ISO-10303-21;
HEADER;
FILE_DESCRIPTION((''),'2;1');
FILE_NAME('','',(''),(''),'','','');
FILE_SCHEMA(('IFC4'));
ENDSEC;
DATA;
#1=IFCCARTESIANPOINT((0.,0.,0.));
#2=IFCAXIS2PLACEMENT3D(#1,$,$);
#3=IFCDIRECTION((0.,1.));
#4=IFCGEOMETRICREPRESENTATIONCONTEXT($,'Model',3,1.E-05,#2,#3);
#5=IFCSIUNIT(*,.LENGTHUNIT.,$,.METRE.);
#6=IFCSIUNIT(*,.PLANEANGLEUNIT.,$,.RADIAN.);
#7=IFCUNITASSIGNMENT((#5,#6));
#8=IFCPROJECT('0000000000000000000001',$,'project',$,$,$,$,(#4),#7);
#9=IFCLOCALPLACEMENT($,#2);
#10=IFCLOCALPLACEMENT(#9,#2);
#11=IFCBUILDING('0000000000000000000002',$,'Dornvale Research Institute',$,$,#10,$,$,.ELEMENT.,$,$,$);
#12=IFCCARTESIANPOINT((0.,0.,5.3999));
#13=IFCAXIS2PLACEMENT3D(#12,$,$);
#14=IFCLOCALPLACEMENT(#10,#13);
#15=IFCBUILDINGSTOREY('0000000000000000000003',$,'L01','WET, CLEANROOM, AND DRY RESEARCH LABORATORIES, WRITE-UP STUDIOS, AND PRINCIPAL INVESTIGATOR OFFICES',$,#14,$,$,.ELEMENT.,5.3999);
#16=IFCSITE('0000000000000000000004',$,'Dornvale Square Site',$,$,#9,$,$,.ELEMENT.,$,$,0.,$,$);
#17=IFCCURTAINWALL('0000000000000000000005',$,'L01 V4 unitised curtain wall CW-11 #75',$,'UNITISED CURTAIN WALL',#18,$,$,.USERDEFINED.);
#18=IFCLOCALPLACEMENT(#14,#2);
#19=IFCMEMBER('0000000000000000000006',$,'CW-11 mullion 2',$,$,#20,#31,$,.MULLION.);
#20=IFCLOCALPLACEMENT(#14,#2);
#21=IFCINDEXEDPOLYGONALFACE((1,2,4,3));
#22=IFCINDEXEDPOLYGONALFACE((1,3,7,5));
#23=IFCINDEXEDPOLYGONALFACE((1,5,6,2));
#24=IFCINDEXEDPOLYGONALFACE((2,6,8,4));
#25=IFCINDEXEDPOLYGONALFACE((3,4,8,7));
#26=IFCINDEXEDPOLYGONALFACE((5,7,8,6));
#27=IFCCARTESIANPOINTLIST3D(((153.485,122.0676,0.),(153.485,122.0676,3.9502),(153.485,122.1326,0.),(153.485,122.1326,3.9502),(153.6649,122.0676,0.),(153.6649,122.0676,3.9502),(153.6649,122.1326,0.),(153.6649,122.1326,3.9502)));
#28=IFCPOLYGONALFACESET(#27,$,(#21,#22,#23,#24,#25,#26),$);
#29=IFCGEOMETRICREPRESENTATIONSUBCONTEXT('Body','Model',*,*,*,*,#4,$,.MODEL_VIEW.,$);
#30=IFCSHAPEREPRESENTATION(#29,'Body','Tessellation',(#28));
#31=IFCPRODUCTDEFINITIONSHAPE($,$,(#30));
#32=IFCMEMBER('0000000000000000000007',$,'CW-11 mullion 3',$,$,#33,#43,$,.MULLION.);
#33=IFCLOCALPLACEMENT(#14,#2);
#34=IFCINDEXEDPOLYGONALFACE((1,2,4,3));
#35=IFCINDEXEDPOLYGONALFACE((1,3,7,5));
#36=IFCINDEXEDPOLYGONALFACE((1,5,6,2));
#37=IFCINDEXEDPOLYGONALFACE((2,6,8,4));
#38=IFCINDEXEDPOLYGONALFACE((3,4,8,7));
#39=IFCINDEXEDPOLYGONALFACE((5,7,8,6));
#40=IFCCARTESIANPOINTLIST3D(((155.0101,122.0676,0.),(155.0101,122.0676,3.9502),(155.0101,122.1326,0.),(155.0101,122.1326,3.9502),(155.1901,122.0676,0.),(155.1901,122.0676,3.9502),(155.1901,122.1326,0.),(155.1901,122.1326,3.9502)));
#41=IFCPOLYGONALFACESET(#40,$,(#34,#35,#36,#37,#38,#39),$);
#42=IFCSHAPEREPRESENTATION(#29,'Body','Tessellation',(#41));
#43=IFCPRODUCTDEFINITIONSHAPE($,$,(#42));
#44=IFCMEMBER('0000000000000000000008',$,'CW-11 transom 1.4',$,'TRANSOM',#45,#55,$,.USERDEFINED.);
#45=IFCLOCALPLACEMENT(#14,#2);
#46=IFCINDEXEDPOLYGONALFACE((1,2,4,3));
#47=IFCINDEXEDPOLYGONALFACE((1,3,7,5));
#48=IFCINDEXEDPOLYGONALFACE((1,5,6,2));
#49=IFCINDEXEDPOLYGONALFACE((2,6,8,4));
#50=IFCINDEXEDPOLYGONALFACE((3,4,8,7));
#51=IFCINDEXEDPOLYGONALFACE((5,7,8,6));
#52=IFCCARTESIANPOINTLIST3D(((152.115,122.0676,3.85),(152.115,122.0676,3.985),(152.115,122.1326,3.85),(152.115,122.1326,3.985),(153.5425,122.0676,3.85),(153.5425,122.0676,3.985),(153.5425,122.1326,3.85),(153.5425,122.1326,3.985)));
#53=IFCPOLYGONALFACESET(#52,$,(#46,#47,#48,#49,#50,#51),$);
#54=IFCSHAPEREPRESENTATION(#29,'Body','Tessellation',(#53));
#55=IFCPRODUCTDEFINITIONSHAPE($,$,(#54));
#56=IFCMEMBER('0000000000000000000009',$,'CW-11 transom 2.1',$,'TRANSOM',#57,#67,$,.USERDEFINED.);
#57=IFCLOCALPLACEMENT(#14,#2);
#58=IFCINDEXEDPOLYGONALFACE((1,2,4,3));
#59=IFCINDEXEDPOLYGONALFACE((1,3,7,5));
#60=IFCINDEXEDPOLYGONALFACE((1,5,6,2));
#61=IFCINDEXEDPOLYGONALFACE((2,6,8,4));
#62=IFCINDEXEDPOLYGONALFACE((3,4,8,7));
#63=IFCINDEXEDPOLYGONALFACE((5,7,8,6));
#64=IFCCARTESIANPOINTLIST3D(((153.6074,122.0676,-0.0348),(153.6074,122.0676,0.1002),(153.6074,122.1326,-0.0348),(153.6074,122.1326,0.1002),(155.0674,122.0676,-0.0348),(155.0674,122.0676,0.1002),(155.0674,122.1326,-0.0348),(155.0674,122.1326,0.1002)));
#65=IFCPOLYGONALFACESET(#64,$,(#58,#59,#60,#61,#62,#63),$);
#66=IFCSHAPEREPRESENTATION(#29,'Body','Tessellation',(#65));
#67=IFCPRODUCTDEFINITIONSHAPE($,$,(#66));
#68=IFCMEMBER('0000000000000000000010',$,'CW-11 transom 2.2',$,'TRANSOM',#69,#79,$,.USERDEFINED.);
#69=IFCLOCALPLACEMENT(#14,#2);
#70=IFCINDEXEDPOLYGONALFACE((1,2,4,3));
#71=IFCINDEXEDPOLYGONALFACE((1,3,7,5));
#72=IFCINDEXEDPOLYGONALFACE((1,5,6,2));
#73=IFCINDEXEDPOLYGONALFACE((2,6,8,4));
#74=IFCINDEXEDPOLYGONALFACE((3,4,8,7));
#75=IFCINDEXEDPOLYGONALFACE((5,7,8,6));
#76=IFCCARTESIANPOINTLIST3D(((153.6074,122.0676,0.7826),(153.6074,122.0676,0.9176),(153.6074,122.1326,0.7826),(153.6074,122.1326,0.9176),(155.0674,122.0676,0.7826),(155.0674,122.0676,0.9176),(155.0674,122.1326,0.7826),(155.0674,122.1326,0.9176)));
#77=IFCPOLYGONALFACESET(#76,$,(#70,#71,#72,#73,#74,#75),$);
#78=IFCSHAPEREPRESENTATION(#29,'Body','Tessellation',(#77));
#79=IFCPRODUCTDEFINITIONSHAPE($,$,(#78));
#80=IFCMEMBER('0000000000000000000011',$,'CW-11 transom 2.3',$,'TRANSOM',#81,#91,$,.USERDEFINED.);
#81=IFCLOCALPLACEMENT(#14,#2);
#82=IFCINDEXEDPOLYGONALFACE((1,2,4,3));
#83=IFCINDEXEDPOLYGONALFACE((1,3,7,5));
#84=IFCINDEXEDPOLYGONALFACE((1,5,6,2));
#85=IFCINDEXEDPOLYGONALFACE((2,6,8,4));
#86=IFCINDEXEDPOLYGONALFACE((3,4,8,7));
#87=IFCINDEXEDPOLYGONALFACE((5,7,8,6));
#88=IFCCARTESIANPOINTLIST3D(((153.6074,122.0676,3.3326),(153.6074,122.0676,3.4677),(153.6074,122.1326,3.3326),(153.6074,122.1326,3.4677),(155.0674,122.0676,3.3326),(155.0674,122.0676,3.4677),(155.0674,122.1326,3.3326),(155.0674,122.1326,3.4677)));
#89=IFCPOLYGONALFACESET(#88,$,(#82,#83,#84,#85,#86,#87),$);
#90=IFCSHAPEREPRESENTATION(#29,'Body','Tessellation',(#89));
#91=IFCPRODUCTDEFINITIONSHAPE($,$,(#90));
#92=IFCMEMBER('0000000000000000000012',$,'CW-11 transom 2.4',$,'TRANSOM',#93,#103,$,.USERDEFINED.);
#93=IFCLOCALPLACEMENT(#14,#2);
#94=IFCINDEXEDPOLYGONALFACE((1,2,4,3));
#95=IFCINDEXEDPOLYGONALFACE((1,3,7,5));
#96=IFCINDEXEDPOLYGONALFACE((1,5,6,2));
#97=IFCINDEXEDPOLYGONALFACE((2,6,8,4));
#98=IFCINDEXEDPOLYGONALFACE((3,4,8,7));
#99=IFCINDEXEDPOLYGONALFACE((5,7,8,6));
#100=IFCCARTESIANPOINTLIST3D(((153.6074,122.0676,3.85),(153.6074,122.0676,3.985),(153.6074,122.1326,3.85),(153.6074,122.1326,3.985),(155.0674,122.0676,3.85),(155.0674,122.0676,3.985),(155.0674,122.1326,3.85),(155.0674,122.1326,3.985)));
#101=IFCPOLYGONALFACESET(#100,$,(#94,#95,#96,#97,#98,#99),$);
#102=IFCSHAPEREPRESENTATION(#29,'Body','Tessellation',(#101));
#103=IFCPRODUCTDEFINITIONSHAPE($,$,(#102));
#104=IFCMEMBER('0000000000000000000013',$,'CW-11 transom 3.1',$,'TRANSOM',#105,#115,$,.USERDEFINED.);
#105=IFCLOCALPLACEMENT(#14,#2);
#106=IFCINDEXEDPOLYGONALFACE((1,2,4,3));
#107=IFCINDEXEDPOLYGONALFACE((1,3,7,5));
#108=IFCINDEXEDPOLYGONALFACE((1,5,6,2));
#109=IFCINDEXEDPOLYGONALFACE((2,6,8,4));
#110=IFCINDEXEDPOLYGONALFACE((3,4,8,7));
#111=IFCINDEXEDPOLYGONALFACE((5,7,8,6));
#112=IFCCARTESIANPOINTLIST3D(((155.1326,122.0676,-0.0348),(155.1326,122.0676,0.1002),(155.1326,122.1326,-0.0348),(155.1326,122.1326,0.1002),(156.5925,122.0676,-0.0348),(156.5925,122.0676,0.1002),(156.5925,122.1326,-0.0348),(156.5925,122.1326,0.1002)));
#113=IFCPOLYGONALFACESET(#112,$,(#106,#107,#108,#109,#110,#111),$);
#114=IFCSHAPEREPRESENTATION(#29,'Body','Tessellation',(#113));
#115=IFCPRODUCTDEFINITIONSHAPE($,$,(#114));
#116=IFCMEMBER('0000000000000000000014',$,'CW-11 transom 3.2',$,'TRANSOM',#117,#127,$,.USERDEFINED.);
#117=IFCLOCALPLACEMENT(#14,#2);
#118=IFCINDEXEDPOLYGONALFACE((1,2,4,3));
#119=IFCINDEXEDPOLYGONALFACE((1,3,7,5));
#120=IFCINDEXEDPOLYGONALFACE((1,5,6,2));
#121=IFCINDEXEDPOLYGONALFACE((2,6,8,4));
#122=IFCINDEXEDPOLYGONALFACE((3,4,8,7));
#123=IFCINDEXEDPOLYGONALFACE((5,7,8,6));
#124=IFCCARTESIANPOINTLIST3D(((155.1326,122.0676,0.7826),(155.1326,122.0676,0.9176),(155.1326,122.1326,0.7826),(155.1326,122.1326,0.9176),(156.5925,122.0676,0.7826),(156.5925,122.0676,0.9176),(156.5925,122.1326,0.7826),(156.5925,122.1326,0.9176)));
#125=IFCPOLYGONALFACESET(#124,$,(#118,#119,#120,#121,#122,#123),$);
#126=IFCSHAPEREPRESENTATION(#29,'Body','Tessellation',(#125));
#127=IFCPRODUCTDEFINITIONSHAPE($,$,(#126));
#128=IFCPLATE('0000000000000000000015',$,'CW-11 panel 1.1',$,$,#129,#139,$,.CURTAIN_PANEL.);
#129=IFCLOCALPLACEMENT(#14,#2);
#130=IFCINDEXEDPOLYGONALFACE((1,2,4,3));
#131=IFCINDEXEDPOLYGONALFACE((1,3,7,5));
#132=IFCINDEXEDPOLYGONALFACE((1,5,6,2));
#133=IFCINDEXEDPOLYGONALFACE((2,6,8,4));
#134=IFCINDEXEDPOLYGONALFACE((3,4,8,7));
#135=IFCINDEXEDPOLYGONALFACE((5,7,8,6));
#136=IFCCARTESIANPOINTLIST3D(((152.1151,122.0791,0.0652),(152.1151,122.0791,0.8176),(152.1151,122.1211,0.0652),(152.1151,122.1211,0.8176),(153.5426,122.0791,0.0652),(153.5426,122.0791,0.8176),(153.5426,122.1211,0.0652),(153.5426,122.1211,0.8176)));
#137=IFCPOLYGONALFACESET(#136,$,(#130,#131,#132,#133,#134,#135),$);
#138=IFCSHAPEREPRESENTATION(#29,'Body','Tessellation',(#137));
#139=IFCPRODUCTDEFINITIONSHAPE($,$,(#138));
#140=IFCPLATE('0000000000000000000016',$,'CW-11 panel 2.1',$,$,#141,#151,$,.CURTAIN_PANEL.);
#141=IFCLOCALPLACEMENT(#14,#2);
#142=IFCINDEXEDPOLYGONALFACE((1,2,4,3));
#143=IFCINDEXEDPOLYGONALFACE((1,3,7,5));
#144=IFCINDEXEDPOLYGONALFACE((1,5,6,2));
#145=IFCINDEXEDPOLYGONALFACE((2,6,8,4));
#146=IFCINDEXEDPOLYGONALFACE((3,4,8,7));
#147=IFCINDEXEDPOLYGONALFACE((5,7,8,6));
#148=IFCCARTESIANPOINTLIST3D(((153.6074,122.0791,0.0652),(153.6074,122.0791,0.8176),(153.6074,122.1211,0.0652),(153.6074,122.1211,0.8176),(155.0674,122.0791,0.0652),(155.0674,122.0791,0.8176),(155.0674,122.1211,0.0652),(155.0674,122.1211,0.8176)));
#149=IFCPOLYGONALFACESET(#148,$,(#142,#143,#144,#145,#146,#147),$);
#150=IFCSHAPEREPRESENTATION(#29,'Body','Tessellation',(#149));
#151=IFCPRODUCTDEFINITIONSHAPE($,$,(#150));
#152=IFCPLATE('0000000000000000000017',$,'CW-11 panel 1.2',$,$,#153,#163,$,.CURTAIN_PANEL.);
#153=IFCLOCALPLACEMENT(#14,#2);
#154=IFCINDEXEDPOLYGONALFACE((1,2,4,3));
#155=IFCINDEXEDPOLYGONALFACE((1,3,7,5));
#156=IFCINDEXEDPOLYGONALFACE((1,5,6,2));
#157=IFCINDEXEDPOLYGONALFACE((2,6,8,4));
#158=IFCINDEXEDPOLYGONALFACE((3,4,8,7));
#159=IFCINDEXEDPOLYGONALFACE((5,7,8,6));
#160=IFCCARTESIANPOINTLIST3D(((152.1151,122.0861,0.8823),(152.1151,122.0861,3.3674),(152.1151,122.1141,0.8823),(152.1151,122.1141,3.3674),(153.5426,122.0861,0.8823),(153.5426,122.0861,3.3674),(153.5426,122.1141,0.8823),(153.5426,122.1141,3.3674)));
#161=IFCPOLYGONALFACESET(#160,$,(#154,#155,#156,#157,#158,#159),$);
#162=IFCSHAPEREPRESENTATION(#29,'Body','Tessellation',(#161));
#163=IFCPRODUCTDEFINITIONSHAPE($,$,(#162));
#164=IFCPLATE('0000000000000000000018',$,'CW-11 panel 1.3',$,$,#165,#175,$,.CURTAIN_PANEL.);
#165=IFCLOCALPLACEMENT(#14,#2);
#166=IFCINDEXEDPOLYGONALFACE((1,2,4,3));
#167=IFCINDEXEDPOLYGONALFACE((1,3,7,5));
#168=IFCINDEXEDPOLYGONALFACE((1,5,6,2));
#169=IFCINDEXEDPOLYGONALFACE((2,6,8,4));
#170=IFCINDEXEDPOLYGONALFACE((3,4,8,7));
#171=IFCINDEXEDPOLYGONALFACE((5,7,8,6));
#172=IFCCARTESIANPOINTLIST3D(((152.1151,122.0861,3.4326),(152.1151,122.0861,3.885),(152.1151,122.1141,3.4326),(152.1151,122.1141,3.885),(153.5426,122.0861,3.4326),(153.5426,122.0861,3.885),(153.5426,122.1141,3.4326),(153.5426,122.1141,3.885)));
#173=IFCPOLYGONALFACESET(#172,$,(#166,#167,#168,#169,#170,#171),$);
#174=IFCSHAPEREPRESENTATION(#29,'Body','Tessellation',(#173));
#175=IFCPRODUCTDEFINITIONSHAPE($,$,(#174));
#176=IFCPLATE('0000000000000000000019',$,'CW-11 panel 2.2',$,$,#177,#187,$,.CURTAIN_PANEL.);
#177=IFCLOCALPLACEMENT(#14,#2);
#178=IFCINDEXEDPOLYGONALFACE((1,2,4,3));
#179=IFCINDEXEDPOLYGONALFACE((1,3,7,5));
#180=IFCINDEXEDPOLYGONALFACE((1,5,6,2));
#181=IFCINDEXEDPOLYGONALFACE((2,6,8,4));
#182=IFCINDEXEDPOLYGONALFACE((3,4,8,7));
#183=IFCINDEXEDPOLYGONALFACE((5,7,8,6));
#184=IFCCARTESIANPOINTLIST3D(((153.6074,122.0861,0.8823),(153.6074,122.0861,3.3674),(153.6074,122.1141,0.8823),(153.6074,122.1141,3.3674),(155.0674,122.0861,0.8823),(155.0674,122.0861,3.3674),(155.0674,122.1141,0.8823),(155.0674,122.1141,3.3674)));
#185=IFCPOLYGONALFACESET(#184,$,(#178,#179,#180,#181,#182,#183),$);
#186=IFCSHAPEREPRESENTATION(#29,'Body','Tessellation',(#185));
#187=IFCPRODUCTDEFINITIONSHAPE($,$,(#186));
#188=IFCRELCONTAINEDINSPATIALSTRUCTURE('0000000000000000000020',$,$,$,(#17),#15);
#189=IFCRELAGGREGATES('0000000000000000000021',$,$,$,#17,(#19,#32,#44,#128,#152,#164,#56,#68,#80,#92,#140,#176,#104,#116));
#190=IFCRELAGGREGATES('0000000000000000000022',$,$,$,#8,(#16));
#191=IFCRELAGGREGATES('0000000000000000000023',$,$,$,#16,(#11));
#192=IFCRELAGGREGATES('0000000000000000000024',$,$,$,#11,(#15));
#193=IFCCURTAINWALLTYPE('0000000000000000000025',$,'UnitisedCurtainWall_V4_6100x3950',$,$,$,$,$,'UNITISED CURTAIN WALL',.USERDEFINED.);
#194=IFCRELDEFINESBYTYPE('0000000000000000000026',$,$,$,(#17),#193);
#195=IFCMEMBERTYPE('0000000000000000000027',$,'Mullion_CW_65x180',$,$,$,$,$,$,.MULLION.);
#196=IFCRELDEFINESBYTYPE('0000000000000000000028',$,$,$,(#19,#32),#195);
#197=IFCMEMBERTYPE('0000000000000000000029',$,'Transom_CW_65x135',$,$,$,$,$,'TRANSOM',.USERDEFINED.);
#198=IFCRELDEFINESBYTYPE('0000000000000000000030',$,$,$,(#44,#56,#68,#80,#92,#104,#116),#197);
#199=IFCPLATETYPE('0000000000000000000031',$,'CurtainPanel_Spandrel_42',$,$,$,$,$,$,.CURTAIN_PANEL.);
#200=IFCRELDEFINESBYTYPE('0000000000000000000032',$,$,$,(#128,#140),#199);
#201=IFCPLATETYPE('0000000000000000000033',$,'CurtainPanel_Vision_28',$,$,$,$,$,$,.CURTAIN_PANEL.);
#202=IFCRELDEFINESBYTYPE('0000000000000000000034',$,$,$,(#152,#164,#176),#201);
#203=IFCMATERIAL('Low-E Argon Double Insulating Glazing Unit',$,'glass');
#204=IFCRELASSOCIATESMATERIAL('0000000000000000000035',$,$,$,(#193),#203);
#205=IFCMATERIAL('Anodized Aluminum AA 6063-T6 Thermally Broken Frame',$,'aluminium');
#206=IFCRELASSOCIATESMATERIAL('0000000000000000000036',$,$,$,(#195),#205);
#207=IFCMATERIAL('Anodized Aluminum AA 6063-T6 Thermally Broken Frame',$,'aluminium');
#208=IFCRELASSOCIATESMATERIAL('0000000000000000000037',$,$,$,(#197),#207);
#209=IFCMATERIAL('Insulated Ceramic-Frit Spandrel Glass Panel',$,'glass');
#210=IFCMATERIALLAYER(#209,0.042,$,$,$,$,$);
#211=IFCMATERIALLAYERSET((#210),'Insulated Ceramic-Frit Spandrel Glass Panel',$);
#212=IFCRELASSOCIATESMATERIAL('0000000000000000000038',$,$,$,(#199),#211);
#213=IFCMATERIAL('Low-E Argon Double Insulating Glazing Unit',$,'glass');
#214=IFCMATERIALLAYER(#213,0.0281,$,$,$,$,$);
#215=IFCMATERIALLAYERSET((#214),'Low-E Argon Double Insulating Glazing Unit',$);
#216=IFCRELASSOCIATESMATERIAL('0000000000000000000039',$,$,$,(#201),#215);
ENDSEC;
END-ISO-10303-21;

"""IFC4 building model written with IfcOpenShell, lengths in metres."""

from ifc_helpers import new_model, si_unit, direction, frame, origin, origin_2d, place, context, subcontext, project, spatial, rectangle, extrude, material, layer, layer_set, material_profile, profile_set, type_object, element, aggregate, save


model = new_model("IFC4")

# Units and contexts
model_context = context("Model", 3, precision=1e-05, world=origin(), true_north=direction((0.0, 1.0)))
body_context = subcontext(model_context, "Body", "Model", "MODEL_VIEW")
ifc_project = project(units=[si_unit("LENGTHUNIT", "METRE"), si_unit("PLANEANGLEUNIT", "RADIAN")], contexts=[model_context])

# Site, building, storey
site_placement = place(None, origin())
site = spatial("IfcSite", under=ifc_project, at=site_placement, Name="Dornvale Square Site", CompositionType="ELEMENT", RefElevation=0.0)
building_placement = place(site_placement, origin())
building = spatial("IfcBuilding", under=site, at=building_placement, Name="Dornvale Research Institute", CompositionType="ELEMENT")
storey_placement = place(building_placement, frame((0.0, 0.0, 5.3999)))
storey = spatial("IfcBuildingStorey", under=building, at=storey_placement, Name="L01", Description="WET, CLEANROOM, AND DRY RESEARCH LABORATORIES, WRITE-UP STUDIOS, AND PRINCIPAL INVESTIGATOR OFFICES", CompositionType="ELEMENT", Elevation=5.3999)

# Curtain wall, members, plates
ifc_material_1 = material(Name="Low-E Argon Double Insulating Glazing Unit", Category="glass")
curtain_wall_type = type_object("IfcCurtainWallType", Name="UnitisedCurtainWall_V4_6100x3950", ElementType="UNITISED CURTAIN WALL", PredefinedType="USERDEFINED", material=ifc_material_1)
curtain_wall_placement = place(storey_placement, origin())
curtain_wall = element("IfcCurtainWall", 1, at=curtain_wall_placement, inside=storey, type_object=curtain_wall_type, Name="L01 V4 unitised curtain wall CW-11 #75", ObjectType="UNITISED CURTAIN WALL", PredefinedType="USERDEFINED")
ifc_material_2 = material(Name="Anodized Aluminum AA 6063-T6 Thermally Broken Frame", Category="aluminium")
ifc_material_profile_1 = material_profile(ifc_material_2, rectangle(XDim=0.0649, YDim=0.1799, at=origin_2d()), Name="ALU MULLION 65x180")
ifc_profile_set_1 = profile_set([ifc_material_profile_1], Name="Anodized Aluminum AA 6063-T6 Thermally Broken Frame")
member_type_1 = type_object("IfcMemberType", Name="Mullion_CW_65x180", PredefinedType="MULLION", material=ifc_profile_set_1)
member_1_placement = place(storey_placement, frame((153.575, 122.1001, 0.0), z_axis=(0.0, 0.0, 1.0), x_axis=(0.0, 1.0, 0.0)))
member_1 = element("IfcMember", 2, at=member_1_placement, type_object=member_type_1, Name="CW-11 mullion 2", PredefinedType="MULLION", context=body_context, shape_type="SweptSolid", body=[
    extrude(rectangle(XDim=0.0649, YDim=0.1799, at=origin_2d()), origin(), (0.0, 0.0, 1.0), 3.9502),
])
member_2_placement = place(storey_placement, frame((155.1001, 122.1001, 0.0), z_axis=(0.0, 0.0, 1.0), x_axis=(0.0, 1.0, 0.0)))
member_2 = element("IfcMember", 3, at=member_2_placement, type_object=member_type_1, Name="CW-11 mullion 3", PredefinedType="MULLION", context=body_context, shape_type="SweptSolid", body=[
    extrude(rectangle(XDim=0.0649, YDim=0.1799, at=origin_2d()), origin(), (0.0, 0.0, 1.0), 3.9502),
])
ifc_material_3 = material(Name="Anodized Aluminum AA 6063-T6 Thermally Broken Frame", Category="aluminium")
ifc_material_profile_2 = material_profile(ifc_material_3, rectangle(XDim=0.0649, YDim=0.135, at=origin_2d()), Name="ALU TRANSOM 65x135")
ifc_profile_set_2 = profile_set([ifc_material_profile_2], Name="Anodized Aluminum AA 6063-T6 Thermally Broken Frame")
member_type_2 = type_object("IfcMemberType", Name="Transom_CW_65x135", ElementType="TRANSOM", PredefinedType="USERDEFINED", material=ifc_profile_set_2)
member_3_placement = place(storey_placement, frame((152.115, 122.1001, 3.9175), z_axis=(1.0, 0.0, 0.0), x_axis=(0.0, 1.0, 0.0)))
member_3 = element("IfcMember", 4, at=member_3_placement, type_object=member_type_2, Name="CW-11 transom 1.4", ObjectType="TRANSOM", PredefinedType="USERDEFINED", context=body_context, shape_type="SweptSolid", body=[
    extrude(rectangle(XDim=0.0649, YDim=0.135, at=origin_2d()), origin(), (0.0, 0.0, 1.0), 1.4275),
])
member_4_placement = place(storey_placement, frame((153.6074, 122.1001, 0.0327), z_axis=(1.0, 0.0, 0.0), x_axis=(0.0, 1.0, 0.0)))
member_4 = element("IfcMember", 5, at=member_4_placement, type_object=member_type_2, Name="CW-11 transom 2.1", ObjectType="TRANSOM", PredefinedType="USERDEFINED", context=body_context, shape_type="SweptSolid", body=[
    extrude(rectangle(XDim=0.0649, YDim=0.135, at=origin_2d()), origin(), (0.0, 0.0, 1.0), 1.46),
])
member_5_placement = place(storey_placement, frame((153.6074, 122.1001, 0.8501), z_axis=(1.0, 0.0, 0.0), x_axis=(0.0, 1.0, 0.0)))
member_5 = element("IfcMember", 6, at=member_5_placement, type_object=member_type_2, Name="CW-11 transom 2.2", ObjectType="TRANSOM", PredefinedType="USERDEFINED", context=body_context, shape_type="SweptSolid", body=[
    extrude(rectangle(XDim=0.0649, YDim=0.135, at=origin_2d()), origin(), (0.0, 0.0, 1.0), 1.46),
])
member_6_placement = place(storey_placement, frame((153.6074, 122.1001, 3.4001), z_axis=(1.0, 0.0, 0.0), x_axis=(0.0, 1.0, 0.0)))
member_6 = element("IfcMember", 7, at=member_6_placement, type_object=member_type_2, Name="CW-11 transom 2.3", ObjectType="TRANSOM", PredefinedType="USERDEFINED", context=body_context, shape_type="SweptSolid", body=[
    extrude(rectangle(XDim=0.0649, YDim=0.135, at=origin_2d()), origin(), (0.0, 0.0, 1.0), 1.46),
])
member_7_placement = place(storey_placement, frame((153.6074, 122.1001, 3.9175), z_axis=(1.0, 0.0, 0.0), x_axis=(0.0, 1.0, 0.0)))
member_7 = element("IfcMember", 8, at=member_7_placement, type_object=member_type_2, Name="CW-11 transom 2.4", ObjectType="TRANSOM", PredefinedType="USERDEFINED", context=body_context, shape_type="SweptSolid", body=[
    extrude(rectangle(XDim=0.0649, YDim=0.135, at=origin_2d()), origin(), (0.0, 0.0, 1.0), 1.46),
])
member_8_placement = place(storey_placement, frame((155.1326, 122.1001, 0.0327), z_axis=(1.0, 0.0, 0.0), x_axis=(0.0, 1.0, 0.0)))
member_8 = element("IfcMember", 9, at=member_8_placement, type_object=member_type_2, Name="CW-11 transom 3.1", ObjectType="TRANSOM", PredefinedType="USERDEFINED", context=body_context, shape_type="SweptSolid", body=[
    extrude(rectangle(XDim=0.0649, YDim=0.135, at=origin_2d()), origin(), (0.0, 0.0, 1.0), 1.46),
])
member_9_placement = place(storey_placement, frame((155.1326, 122.1001, 0.8501), z_axis=(1.0, 0.0, 0.0), x_axis=(0.0, 1.0, 0.0)))
member_9 = element("IfcMember", 10, at=member_9_placement, type_object=member_type_2, Name="CW-11 transom 3.2", ObjectType="TRANSOM", PredefinedType="USERDEFINED", context=body_context, shape_type="SweptSolid", body=[
    extrude(rectangle(XDim=0.0649, YDim=0.135, at=origin_2d()), origin(), (0.0, 0.0, 1.0), 1.46),
])
ifc_material_4 = material(Name="Insulated Ceramic-Frit Spandrel Glass Panel", Category="glass")
ifc_layer_1 = layer(ifc_material_4, 0.042)
ifc_layer_set_1 = layer_set([ifc_layer_1], Name="Insulated Ceramic-Frit Spandrel Glass Panel")
plate_type_1 = type_object("IfcPlateType", Name="CurtainPanel_Spandrel_42", PredefinedType="CURTAIN_PANEL", material=ifc_layer_set_1)
plate_1_placement = place(storey_placement, frame((152.8289, 122.1001, 0.0652), z_axis=(0.0, 0.0, 1.0), x_axis=(1.0, 0.0, 0.0)))
plate_1 = element("IfcPlate", 11, at=plate_1_placement, type_object=plate_type_1, Name="CW-11 panel 1.1", PredefinedType="CURTAIN_PANEL", context=body_context, shape_type="SweptSolid", body=[
    extrude(rectangle(XDim=1.4275, YDim=0.042, at=origin_2d()), origin(), (0.0, 0.0, 1.0), 0.7524),
])
plate_2_placement = place(storey_placement, frame((154.3374, 122.1001, 0.0652), z_axis=(0.0, 0.0, 1.0), x_axis=(1.0, 0.0, 0.0)))
plate_2 = element("IfcPlate", 12, at=plate_2_placement, type_object=plate_type_1, Name="CW-11 panel 2.1", PredefinedType="CURTAIN_PANEL", context=body_context, shape_type="SweptSolid", body=[
    extrude(rectangle(XDim=1.46, YDim=0.042, at=origin_2d()), origin(), (0.0, 0.0, 1.0), 0.7524),
])
ifc_material_5 = material(Name="Low-E Argon Double Insulating Glazing Unit", Category="glass")
ifc_layer_2 = layer(ifc_material_5, 0.0281)
ifc_layer_set_2 = layer_set([ifc_layer_2], Name="Low-E Argon Double Insulating Glazing Unit")
plate_type_2 = type_object("IfcPlateType", Name="CurtainPanel_Vision_28", PredefinedType="CURTAIN_PANEL", material=ifc_layer_set_2)
plate_3_placement = place(storey_placement, frame((152.8289, 122.1001, 0.8823), z_axis=(0.0, 0.0, 1.0), x_axis=(1.0, 0.0, 0.0)))
plate_3 = element("IfcPlate", 13, at=plate_3_placement, type_object=plate_type_2, Name="CW-11 panel 1.2", PredefinedType="CURTAIN_PANEL", context=body_context, shape_type="SweptSolid", body=[
    extrude(rectangle(XDim=1.4275, YDim=0.0281, at=origin_2d()), origin(), (0.0, 0.0, 1.0), 2.4851),
])
plate_4_placement = place(storey_placement, frame((152.8289, 122.1001, 3.4326), z_axis=(0.0, 0.0, 1.0), x_axis=(1.0, 0.0, 0.0)))
plate_4 = element("IfcPlate", 14, at=plate_4_placement, type_object=plate_type_2, Name="CW-11 panel 1.3", PredefinedType="CURTAIN_PANEL", context=body_context, shape_type="SweptSolid", body=[
    extrude(rectangle(XDim=1.4275, YDim=0.0281, at=origin_2d()), origin(), (0.0, 0.0, 1.0), 0.4524),
])
plate_5_placement = place(storey_placement, frame((154.3374, 122.1001, 0.8823), z_axis=(0.0, 0.0, 1.0), x_axis=(1.0, 0.0, 0.0)))
plate_5 = element("IfcPlate", 15, at=plate_5_placement, type_object=plate_type_2, Name="CW-11 panel 2.2", PredefinedType="CURTAIN_PANEL", context=body_context, shape_type="SweptSolid", body=[
    extrude(rectangle(XDim=1.46, YDim=0.0281, at=origin_2d()), origin(), (0.0, 0.0, 1.0), 2.4851),
])
aggregate(curtain_wall, [member_1, member_2, member_3, plate_1, plate_3, plate_4, member_4, member_5, member_6, member_7, plate_2, plate_5, member_8, member_9])

save(model, "model.ifc")
